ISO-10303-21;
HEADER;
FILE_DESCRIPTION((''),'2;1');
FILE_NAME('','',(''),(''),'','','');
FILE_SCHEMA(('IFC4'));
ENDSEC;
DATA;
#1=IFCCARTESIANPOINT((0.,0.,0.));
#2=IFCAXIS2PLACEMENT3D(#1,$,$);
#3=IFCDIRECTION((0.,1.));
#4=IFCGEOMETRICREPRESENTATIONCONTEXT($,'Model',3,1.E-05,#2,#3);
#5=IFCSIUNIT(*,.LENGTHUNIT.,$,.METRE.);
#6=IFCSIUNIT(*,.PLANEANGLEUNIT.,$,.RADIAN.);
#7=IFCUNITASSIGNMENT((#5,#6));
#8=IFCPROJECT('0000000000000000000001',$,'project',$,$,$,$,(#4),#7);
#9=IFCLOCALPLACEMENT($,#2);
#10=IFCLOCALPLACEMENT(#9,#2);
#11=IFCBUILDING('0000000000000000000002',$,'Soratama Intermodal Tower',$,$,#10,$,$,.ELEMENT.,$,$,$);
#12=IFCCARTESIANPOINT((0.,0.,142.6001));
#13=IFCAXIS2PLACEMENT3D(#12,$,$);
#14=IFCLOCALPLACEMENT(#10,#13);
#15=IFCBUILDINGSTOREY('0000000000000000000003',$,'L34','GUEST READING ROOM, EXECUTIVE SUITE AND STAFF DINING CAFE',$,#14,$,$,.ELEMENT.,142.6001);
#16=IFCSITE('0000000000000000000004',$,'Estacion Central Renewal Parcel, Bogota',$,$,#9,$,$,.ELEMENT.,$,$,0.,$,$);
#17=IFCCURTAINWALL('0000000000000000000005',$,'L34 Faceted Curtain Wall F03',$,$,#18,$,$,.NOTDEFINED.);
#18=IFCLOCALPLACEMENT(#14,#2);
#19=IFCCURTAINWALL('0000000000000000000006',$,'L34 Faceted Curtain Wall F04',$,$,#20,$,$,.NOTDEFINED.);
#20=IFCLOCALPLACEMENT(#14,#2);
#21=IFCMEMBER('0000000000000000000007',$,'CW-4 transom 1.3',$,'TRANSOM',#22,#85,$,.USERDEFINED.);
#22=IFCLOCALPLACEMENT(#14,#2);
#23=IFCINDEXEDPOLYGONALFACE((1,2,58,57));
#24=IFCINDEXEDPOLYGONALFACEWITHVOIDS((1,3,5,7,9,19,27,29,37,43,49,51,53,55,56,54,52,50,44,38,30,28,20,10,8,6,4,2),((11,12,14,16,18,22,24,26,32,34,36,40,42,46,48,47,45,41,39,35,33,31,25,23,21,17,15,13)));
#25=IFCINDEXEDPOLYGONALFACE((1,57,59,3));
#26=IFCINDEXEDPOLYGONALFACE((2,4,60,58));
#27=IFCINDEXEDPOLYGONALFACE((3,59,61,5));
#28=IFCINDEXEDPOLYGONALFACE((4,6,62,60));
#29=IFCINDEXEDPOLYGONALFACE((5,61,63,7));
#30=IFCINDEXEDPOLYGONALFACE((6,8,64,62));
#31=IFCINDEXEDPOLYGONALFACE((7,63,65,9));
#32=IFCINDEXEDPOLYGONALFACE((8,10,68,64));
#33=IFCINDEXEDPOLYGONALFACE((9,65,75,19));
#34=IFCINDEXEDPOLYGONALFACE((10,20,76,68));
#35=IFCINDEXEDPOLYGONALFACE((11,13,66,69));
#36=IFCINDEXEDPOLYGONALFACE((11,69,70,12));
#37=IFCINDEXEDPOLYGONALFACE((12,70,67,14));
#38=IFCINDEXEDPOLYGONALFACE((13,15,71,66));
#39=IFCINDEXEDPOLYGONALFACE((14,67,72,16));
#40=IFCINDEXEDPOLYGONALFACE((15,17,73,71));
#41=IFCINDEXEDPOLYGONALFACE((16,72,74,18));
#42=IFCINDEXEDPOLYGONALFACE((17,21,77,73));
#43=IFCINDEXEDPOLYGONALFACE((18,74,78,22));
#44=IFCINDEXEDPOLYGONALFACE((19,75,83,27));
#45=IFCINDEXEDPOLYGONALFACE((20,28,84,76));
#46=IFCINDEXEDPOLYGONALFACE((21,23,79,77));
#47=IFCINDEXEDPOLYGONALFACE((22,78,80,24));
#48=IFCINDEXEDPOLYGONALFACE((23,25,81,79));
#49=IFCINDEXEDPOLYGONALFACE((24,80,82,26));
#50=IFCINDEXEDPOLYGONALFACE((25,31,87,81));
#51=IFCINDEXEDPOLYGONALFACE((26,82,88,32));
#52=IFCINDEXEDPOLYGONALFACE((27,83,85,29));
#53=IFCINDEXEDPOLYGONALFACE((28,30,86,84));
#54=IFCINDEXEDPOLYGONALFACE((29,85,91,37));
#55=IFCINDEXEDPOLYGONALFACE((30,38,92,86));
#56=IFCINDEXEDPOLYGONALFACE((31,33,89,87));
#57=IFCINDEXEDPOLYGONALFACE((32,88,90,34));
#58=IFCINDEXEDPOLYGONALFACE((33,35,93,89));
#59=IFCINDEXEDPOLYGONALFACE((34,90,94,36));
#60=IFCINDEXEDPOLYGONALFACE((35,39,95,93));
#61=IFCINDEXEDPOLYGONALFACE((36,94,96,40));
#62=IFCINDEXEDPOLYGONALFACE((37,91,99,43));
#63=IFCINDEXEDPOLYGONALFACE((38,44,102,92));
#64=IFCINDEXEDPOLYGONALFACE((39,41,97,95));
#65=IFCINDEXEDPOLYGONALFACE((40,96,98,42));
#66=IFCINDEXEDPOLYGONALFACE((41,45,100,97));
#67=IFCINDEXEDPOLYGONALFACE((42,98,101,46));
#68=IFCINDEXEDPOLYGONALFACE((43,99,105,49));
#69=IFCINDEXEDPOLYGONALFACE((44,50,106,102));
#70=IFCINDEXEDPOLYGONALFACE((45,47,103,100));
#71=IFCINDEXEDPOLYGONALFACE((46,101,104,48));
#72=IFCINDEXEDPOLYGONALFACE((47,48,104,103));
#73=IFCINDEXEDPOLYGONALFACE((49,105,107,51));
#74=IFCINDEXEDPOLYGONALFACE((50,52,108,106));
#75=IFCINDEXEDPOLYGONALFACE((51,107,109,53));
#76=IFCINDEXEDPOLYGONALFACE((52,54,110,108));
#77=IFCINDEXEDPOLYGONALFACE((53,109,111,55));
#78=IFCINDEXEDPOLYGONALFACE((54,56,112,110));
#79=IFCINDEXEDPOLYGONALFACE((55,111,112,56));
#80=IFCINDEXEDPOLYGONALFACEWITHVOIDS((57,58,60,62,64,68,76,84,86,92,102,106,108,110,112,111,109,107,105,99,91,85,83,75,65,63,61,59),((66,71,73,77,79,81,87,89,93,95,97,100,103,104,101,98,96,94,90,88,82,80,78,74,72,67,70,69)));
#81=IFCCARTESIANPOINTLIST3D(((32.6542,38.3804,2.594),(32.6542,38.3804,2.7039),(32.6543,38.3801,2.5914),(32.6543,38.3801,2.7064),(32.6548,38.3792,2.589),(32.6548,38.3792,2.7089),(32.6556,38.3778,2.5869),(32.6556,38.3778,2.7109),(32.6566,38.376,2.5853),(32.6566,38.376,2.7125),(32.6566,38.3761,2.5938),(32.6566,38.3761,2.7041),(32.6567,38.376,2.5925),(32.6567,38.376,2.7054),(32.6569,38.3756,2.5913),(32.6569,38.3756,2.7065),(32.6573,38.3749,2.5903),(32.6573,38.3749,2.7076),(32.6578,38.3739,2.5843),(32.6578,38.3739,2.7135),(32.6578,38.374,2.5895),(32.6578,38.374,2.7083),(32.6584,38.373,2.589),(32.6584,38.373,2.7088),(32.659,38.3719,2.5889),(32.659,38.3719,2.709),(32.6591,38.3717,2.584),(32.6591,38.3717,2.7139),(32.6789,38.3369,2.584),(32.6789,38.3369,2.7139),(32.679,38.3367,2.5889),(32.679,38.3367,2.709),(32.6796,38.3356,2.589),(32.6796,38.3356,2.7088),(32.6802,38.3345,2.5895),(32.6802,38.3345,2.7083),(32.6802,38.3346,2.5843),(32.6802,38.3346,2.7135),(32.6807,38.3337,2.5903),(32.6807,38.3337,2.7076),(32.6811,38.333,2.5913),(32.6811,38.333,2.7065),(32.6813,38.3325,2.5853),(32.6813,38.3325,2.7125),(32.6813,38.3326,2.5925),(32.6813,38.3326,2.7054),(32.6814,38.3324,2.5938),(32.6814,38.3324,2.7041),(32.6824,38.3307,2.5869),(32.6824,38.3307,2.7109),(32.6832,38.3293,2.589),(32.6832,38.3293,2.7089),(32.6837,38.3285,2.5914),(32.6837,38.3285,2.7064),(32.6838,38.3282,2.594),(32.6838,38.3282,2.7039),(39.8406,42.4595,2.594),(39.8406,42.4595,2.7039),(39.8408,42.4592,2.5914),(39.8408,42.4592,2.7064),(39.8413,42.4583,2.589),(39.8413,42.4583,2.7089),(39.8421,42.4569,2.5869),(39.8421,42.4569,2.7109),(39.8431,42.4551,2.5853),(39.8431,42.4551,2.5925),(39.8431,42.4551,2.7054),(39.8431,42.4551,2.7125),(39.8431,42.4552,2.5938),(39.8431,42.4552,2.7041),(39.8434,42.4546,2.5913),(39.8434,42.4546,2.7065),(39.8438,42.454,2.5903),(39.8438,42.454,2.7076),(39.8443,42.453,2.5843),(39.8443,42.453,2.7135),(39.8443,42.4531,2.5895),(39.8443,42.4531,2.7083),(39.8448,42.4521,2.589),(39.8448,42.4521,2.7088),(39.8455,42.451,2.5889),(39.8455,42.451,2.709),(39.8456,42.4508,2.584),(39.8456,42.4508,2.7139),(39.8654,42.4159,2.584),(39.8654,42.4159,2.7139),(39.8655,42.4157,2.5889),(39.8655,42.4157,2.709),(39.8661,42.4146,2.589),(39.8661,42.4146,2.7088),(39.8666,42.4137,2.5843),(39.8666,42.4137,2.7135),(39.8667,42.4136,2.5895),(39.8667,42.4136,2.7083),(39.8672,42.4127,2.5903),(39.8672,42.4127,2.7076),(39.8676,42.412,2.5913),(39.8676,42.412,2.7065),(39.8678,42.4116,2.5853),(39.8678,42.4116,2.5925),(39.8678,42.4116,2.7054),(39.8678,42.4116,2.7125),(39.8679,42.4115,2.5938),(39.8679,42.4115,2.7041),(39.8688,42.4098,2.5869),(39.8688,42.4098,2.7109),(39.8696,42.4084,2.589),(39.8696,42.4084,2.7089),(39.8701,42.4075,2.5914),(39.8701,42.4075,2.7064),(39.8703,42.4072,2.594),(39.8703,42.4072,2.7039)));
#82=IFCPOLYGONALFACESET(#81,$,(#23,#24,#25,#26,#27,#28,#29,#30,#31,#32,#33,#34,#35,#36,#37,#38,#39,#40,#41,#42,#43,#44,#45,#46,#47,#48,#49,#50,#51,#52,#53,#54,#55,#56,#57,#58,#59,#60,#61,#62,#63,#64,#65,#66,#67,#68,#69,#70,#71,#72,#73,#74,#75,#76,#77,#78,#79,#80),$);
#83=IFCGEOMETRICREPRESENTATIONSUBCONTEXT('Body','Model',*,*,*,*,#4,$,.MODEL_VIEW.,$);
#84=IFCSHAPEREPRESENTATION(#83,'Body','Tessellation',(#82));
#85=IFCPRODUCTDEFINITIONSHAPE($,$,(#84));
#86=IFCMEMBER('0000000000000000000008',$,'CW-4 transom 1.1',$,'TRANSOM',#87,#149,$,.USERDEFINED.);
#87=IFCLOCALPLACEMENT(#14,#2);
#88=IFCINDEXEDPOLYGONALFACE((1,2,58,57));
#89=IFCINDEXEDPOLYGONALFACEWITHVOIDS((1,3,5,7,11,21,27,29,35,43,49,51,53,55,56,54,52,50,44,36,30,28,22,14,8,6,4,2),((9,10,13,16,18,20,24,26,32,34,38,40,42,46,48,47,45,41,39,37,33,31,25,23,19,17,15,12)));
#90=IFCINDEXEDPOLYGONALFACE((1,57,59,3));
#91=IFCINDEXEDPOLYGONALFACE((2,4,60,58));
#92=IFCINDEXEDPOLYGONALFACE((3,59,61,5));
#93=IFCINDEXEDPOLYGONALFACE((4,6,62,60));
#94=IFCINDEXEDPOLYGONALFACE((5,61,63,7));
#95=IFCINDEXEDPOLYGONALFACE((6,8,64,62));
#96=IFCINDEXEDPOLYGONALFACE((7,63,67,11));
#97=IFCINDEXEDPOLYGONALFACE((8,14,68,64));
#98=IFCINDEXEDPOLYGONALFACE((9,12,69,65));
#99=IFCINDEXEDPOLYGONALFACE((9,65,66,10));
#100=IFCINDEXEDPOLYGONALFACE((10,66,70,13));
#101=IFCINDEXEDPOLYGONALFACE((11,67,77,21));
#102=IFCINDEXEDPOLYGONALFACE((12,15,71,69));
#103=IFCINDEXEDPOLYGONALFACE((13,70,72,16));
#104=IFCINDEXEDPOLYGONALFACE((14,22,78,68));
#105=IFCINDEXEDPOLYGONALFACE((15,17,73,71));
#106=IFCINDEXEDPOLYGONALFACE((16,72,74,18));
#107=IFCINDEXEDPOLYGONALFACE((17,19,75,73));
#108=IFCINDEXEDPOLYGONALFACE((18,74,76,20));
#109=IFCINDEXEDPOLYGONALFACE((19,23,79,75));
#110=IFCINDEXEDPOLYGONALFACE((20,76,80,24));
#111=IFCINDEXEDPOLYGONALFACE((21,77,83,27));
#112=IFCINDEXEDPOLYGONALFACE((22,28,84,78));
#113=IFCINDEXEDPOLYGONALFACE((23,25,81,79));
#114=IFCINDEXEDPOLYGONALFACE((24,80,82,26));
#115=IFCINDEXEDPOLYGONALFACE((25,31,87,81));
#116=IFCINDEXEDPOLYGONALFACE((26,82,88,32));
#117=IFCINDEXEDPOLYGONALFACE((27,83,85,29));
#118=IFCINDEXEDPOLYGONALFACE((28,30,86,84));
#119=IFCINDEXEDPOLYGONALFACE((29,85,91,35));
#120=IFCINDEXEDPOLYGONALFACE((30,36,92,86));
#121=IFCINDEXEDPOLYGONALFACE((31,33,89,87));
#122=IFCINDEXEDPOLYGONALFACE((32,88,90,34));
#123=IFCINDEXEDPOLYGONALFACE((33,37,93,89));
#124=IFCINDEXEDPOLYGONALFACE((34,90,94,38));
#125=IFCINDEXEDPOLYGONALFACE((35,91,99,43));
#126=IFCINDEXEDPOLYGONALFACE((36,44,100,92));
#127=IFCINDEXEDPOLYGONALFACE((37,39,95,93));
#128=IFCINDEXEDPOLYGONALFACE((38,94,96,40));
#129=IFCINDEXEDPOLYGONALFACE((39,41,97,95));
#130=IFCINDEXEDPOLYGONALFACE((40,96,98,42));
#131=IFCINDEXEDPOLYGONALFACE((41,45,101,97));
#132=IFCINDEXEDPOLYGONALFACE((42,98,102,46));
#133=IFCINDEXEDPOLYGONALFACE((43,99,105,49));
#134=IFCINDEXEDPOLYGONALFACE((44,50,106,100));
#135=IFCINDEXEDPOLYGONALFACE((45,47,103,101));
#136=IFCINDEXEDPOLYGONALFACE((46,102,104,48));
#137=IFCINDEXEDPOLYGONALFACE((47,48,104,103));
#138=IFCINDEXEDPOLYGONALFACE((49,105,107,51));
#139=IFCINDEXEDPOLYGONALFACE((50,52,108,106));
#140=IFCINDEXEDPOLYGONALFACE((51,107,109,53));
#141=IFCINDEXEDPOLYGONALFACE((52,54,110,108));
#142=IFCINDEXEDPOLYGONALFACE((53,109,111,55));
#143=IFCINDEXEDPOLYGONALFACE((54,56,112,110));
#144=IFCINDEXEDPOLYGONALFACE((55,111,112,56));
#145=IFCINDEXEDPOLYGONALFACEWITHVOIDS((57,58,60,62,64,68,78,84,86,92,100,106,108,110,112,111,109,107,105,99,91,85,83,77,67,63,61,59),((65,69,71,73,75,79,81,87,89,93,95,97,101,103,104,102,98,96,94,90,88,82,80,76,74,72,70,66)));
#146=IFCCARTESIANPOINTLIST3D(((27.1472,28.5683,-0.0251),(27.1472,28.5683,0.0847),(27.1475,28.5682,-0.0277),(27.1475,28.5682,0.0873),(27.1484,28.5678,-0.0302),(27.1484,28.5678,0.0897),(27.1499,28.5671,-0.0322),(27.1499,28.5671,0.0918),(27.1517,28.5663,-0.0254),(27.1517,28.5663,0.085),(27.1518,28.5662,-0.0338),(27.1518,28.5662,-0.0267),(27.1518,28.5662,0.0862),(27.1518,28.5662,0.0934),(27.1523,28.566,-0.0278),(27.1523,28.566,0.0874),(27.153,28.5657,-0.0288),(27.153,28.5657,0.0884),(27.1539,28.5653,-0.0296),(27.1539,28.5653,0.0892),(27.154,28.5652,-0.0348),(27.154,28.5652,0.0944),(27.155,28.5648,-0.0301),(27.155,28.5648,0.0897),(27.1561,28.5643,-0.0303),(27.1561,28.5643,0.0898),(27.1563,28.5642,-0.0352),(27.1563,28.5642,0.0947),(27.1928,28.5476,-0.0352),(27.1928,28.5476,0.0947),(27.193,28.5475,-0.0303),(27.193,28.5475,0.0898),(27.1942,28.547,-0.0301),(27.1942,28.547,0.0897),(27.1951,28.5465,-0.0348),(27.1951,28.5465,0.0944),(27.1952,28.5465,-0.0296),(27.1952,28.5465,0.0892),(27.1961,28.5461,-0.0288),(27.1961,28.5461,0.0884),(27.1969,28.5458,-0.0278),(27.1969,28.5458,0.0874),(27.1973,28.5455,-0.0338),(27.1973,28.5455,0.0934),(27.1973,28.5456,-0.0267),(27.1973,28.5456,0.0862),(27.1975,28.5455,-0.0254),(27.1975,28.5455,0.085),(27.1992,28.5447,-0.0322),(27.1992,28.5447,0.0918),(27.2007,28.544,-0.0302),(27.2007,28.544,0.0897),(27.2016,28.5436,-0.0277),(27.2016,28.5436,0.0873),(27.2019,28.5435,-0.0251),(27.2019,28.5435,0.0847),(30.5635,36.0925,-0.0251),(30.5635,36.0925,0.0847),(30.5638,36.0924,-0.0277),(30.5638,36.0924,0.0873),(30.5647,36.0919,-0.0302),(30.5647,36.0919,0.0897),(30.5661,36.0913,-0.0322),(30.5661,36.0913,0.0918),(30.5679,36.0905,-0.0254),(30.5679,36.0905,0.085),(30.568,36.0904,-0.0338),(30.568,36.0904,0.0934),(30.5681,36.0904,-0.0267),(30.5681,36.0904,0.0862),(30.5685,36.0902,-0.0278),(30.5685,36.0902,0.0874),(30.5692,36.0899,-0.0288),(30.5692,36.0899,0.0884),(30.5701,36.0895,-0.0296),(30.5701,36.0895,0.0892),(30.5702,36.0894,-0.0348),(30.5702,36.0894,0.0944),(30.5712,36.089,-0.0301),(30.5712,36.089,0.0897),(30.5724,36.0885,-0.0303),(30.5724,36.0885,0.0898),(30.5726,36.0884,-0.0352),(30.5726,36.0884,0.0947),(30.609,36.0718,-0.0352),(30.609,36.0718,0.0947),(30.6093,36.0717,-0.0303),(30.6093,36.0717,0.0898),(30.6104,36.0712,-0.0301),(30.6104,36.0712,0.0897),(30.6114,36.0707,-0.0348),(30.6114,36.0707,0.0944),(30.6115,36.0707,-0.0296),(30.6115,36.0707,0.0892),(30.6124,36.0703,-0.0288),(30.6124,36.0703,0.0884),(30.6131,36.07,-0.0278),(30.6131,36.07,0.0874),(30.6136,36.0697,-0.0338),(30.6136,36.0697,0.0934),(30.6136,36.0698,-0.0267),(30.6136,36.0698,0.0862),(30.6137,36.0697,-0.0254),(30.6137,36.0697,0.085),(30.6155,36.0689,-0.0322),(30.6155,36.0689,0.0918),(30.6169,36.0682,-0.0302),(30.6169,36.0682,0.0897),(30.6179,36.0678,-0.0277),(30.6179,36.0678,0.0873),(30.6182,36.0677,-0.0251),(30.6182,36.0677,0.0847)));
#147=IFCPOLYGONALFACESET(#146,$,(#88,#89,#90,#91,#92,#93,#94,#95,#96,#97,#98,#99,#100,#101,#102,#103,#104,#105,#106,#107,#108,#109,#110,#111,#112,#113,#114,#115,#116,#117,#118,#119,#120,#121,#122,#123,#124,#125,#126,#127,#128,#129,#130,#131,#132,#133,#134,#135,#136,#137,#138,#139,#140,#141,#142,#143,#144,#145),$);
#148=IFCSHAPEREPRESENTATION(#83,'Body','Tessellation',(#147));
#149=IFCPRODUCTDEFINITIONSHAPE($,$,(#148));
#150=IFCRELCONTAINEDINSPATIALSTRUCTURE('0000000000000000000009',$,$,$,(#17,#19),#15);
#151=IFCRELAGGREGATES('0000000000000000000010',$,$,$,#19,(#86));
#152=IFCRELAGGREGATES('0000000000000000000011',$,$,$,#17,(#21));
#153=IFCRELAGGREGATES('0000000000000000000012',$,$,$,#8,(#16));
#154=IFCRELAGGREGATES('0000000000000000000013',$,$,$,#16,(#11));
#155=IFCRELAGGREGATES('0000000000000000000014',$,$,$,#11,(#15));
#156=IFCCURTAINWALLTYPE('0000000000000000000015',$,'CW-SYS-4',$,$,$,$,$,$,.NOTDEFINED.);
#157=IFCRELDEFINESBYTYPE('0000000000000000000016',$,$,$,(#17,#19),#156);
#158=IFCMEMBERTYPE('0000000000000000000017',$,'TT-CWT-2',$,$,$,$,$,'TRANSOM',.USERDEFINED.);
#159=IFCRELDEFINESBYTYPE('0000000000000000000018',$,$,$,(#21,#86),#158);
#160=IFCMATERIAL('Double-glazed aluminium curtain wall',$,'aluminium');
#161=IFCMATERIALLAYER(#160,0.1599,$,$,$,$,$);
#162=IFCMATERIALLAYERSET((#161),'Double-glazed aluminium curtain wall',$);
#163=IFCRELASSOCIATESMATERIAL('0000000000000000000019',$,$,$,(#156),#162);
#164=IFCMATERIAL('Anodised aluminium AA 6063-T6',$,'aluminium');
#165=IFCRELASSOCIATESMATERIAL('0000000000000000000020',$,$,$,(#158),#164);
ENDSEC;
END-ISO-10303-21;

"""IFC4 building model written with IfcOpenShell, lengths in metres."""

from ifc_helpers import new_model, si_unit, direction, frame, origin, origin_2d, place, context, subcontext, project, spatial, hollow_rectangle, extrude, material, layer, layer_set, material_profile, profile_set, type_object, element, aggregate, save


model = new_model("IFC4")

# Units and contexts
model_context = context("Model", 3, precision=1e-05, world=origin(), true_north=direction((0.0, 1.0)))
body_context = subcontext(model_context, "Body", "Model", "MODEL_VIEW")
ifc_project = project(units=[si_unit("LENGTHUNIT", "METRE"), si_unit("PLANEANGLEUNIT", "RADIAN")], contexts=[model_context])

# Site, building, storey
site_placement = place(None, origin())
site = spatial("IfcSite", under=ifc_project, at=site_placement, Name="Estacion Central Renewal Parcel, Bogota", CompositionType="ELEMENT", RefElevation=0.0)
building_placement = place(site_placement, origin())
building = spatial("IfcBuilding", under=site, at=building_placement, Name="Soratama Intermodal Tower", CompositionType="ELEMENT")
storey_placement = place(building_placement, frame((0.0, 0.0, 142.6001)))
storey = spatial("IfcBuildingStorey", under=building, at=storey_placement, Name="L34", Description="GUEST READING ROOM, EXECUTIVE SUITE AND STAFF DINING CAFE", CompositionType="ELEMENT", Elevation=142.6001)

# Curtain wall
ifc_material_1 = material(Name="Double-glazed aluminium curtain wall", Category="aluminium")
ifc_layer_1 = layer(ifc_material_1, 0.1599)
ifc_layer_set_1 = layer_set([ifc_layer_1], Name="Double-glazed aluminium curtain wall")
curtain_wall_type = type_object("IfcCurtainWallType", Name="CW-SYS-4", PredefinedType="NOTDEFINED", material=ifc_layer_set_1)
curtain_wall_1_placement = place(storey_placement, origin())
curtain_wall_1 = element("IfcCurtainWall", 1, at=curtain_wall_1_placement, inside=storey, type_object=curtain_wall_type, Name="L34 Faceted Curtain Wall F03", PredefinedType="NOTDEFINED")

# Curtain wall
curtain_wall_2_placement = place(storey_placement, origin())
curtain_wall_2 = element("IfcCurtainWall", 2, at=curtain_wall_2_placement, inside=storey, type_object=curtain_wall_type, Name="L34 Faceted Curtain Wall F04", PredefinedType="NOTDEFINED")

# Members
ifc_material_2 = material(Name="Anodised aluminium AA 6063-T6", Category="aluminium")
ifc_material_profile_1 = material_profile(ifc_material_2, hollow_rectangle(XDim=0.0601, YDim=0.1299, WallThickness=0.0049, InnerFilletRadius=0.0049, OuterFilletRadius=0.01, at=origin_2d()), Name="CWT130X60X5")
ifc_profile_set_1 = profile_set([ifc_material_profile_1], Name="Anodised aluminium AA 6063-T6")
member_type_1 = type_object("IfcMemberType", Name="TT-CWT-2", ElementType="TRANSOM", PredefinedType="USERDEFINED", material=ifc_profile_set_1)
member_1_placement = place(storey_placement, frame((39.8555, 42.4333, 2.6489), z_axis=(-0.869672, -0.49363, 0.0), x_axis=(0.49363, -0.869672, 0.0)))
member_1 = element("IfcMember", 3, at=member_1_placement, type_object=member_type_1, Name="CW-4 transom 1.3", ObjectType="TRANSOM", PredefinedType="USERDEFINED", context=body_context, shape_type="SweptSolid", body=[
    extrude(hollow_rectangle(XDim=0.0601, YDim=0.1299, WallThickness=0.0049, InnerFilletRadius=0.0049, OuterFilletRadius=0.01, at=origin_2d()), origin(), (0.0, 0.0, 1.0), 8.2634),
])
member_2_placement = place(storey_placement, frame((30.5908, 36.0801, 0.0298), z_axis=(-0.41342, -0.91054, 0.0), x_axis=(0.91054, -0.41342, 0.0)))
member_2 = element("IfcMember", 4, at=member_2_placement, type_object=member_type_1, Name="CW-4 transom 1.1", ObjectType="TRANSOM", PredefinedType="USERDEFINED", context=body_context, shape_type="SweptSolid", body=[
    extrude(hollow_rectangle(XDim=0.0601, YDim=0.1299, WallThickness=0.0049, InnerFilletRadius=0.0049, OuterFilletRadius=0.01, at=origin_2d()), origin(), (0.0, 0.0, 1.0), 8.2634),
])
aggregate(curtain_wall_2, [member_2])

aggregate(curtain_wall_1, [member_1])

save(model, "model.ifc")
